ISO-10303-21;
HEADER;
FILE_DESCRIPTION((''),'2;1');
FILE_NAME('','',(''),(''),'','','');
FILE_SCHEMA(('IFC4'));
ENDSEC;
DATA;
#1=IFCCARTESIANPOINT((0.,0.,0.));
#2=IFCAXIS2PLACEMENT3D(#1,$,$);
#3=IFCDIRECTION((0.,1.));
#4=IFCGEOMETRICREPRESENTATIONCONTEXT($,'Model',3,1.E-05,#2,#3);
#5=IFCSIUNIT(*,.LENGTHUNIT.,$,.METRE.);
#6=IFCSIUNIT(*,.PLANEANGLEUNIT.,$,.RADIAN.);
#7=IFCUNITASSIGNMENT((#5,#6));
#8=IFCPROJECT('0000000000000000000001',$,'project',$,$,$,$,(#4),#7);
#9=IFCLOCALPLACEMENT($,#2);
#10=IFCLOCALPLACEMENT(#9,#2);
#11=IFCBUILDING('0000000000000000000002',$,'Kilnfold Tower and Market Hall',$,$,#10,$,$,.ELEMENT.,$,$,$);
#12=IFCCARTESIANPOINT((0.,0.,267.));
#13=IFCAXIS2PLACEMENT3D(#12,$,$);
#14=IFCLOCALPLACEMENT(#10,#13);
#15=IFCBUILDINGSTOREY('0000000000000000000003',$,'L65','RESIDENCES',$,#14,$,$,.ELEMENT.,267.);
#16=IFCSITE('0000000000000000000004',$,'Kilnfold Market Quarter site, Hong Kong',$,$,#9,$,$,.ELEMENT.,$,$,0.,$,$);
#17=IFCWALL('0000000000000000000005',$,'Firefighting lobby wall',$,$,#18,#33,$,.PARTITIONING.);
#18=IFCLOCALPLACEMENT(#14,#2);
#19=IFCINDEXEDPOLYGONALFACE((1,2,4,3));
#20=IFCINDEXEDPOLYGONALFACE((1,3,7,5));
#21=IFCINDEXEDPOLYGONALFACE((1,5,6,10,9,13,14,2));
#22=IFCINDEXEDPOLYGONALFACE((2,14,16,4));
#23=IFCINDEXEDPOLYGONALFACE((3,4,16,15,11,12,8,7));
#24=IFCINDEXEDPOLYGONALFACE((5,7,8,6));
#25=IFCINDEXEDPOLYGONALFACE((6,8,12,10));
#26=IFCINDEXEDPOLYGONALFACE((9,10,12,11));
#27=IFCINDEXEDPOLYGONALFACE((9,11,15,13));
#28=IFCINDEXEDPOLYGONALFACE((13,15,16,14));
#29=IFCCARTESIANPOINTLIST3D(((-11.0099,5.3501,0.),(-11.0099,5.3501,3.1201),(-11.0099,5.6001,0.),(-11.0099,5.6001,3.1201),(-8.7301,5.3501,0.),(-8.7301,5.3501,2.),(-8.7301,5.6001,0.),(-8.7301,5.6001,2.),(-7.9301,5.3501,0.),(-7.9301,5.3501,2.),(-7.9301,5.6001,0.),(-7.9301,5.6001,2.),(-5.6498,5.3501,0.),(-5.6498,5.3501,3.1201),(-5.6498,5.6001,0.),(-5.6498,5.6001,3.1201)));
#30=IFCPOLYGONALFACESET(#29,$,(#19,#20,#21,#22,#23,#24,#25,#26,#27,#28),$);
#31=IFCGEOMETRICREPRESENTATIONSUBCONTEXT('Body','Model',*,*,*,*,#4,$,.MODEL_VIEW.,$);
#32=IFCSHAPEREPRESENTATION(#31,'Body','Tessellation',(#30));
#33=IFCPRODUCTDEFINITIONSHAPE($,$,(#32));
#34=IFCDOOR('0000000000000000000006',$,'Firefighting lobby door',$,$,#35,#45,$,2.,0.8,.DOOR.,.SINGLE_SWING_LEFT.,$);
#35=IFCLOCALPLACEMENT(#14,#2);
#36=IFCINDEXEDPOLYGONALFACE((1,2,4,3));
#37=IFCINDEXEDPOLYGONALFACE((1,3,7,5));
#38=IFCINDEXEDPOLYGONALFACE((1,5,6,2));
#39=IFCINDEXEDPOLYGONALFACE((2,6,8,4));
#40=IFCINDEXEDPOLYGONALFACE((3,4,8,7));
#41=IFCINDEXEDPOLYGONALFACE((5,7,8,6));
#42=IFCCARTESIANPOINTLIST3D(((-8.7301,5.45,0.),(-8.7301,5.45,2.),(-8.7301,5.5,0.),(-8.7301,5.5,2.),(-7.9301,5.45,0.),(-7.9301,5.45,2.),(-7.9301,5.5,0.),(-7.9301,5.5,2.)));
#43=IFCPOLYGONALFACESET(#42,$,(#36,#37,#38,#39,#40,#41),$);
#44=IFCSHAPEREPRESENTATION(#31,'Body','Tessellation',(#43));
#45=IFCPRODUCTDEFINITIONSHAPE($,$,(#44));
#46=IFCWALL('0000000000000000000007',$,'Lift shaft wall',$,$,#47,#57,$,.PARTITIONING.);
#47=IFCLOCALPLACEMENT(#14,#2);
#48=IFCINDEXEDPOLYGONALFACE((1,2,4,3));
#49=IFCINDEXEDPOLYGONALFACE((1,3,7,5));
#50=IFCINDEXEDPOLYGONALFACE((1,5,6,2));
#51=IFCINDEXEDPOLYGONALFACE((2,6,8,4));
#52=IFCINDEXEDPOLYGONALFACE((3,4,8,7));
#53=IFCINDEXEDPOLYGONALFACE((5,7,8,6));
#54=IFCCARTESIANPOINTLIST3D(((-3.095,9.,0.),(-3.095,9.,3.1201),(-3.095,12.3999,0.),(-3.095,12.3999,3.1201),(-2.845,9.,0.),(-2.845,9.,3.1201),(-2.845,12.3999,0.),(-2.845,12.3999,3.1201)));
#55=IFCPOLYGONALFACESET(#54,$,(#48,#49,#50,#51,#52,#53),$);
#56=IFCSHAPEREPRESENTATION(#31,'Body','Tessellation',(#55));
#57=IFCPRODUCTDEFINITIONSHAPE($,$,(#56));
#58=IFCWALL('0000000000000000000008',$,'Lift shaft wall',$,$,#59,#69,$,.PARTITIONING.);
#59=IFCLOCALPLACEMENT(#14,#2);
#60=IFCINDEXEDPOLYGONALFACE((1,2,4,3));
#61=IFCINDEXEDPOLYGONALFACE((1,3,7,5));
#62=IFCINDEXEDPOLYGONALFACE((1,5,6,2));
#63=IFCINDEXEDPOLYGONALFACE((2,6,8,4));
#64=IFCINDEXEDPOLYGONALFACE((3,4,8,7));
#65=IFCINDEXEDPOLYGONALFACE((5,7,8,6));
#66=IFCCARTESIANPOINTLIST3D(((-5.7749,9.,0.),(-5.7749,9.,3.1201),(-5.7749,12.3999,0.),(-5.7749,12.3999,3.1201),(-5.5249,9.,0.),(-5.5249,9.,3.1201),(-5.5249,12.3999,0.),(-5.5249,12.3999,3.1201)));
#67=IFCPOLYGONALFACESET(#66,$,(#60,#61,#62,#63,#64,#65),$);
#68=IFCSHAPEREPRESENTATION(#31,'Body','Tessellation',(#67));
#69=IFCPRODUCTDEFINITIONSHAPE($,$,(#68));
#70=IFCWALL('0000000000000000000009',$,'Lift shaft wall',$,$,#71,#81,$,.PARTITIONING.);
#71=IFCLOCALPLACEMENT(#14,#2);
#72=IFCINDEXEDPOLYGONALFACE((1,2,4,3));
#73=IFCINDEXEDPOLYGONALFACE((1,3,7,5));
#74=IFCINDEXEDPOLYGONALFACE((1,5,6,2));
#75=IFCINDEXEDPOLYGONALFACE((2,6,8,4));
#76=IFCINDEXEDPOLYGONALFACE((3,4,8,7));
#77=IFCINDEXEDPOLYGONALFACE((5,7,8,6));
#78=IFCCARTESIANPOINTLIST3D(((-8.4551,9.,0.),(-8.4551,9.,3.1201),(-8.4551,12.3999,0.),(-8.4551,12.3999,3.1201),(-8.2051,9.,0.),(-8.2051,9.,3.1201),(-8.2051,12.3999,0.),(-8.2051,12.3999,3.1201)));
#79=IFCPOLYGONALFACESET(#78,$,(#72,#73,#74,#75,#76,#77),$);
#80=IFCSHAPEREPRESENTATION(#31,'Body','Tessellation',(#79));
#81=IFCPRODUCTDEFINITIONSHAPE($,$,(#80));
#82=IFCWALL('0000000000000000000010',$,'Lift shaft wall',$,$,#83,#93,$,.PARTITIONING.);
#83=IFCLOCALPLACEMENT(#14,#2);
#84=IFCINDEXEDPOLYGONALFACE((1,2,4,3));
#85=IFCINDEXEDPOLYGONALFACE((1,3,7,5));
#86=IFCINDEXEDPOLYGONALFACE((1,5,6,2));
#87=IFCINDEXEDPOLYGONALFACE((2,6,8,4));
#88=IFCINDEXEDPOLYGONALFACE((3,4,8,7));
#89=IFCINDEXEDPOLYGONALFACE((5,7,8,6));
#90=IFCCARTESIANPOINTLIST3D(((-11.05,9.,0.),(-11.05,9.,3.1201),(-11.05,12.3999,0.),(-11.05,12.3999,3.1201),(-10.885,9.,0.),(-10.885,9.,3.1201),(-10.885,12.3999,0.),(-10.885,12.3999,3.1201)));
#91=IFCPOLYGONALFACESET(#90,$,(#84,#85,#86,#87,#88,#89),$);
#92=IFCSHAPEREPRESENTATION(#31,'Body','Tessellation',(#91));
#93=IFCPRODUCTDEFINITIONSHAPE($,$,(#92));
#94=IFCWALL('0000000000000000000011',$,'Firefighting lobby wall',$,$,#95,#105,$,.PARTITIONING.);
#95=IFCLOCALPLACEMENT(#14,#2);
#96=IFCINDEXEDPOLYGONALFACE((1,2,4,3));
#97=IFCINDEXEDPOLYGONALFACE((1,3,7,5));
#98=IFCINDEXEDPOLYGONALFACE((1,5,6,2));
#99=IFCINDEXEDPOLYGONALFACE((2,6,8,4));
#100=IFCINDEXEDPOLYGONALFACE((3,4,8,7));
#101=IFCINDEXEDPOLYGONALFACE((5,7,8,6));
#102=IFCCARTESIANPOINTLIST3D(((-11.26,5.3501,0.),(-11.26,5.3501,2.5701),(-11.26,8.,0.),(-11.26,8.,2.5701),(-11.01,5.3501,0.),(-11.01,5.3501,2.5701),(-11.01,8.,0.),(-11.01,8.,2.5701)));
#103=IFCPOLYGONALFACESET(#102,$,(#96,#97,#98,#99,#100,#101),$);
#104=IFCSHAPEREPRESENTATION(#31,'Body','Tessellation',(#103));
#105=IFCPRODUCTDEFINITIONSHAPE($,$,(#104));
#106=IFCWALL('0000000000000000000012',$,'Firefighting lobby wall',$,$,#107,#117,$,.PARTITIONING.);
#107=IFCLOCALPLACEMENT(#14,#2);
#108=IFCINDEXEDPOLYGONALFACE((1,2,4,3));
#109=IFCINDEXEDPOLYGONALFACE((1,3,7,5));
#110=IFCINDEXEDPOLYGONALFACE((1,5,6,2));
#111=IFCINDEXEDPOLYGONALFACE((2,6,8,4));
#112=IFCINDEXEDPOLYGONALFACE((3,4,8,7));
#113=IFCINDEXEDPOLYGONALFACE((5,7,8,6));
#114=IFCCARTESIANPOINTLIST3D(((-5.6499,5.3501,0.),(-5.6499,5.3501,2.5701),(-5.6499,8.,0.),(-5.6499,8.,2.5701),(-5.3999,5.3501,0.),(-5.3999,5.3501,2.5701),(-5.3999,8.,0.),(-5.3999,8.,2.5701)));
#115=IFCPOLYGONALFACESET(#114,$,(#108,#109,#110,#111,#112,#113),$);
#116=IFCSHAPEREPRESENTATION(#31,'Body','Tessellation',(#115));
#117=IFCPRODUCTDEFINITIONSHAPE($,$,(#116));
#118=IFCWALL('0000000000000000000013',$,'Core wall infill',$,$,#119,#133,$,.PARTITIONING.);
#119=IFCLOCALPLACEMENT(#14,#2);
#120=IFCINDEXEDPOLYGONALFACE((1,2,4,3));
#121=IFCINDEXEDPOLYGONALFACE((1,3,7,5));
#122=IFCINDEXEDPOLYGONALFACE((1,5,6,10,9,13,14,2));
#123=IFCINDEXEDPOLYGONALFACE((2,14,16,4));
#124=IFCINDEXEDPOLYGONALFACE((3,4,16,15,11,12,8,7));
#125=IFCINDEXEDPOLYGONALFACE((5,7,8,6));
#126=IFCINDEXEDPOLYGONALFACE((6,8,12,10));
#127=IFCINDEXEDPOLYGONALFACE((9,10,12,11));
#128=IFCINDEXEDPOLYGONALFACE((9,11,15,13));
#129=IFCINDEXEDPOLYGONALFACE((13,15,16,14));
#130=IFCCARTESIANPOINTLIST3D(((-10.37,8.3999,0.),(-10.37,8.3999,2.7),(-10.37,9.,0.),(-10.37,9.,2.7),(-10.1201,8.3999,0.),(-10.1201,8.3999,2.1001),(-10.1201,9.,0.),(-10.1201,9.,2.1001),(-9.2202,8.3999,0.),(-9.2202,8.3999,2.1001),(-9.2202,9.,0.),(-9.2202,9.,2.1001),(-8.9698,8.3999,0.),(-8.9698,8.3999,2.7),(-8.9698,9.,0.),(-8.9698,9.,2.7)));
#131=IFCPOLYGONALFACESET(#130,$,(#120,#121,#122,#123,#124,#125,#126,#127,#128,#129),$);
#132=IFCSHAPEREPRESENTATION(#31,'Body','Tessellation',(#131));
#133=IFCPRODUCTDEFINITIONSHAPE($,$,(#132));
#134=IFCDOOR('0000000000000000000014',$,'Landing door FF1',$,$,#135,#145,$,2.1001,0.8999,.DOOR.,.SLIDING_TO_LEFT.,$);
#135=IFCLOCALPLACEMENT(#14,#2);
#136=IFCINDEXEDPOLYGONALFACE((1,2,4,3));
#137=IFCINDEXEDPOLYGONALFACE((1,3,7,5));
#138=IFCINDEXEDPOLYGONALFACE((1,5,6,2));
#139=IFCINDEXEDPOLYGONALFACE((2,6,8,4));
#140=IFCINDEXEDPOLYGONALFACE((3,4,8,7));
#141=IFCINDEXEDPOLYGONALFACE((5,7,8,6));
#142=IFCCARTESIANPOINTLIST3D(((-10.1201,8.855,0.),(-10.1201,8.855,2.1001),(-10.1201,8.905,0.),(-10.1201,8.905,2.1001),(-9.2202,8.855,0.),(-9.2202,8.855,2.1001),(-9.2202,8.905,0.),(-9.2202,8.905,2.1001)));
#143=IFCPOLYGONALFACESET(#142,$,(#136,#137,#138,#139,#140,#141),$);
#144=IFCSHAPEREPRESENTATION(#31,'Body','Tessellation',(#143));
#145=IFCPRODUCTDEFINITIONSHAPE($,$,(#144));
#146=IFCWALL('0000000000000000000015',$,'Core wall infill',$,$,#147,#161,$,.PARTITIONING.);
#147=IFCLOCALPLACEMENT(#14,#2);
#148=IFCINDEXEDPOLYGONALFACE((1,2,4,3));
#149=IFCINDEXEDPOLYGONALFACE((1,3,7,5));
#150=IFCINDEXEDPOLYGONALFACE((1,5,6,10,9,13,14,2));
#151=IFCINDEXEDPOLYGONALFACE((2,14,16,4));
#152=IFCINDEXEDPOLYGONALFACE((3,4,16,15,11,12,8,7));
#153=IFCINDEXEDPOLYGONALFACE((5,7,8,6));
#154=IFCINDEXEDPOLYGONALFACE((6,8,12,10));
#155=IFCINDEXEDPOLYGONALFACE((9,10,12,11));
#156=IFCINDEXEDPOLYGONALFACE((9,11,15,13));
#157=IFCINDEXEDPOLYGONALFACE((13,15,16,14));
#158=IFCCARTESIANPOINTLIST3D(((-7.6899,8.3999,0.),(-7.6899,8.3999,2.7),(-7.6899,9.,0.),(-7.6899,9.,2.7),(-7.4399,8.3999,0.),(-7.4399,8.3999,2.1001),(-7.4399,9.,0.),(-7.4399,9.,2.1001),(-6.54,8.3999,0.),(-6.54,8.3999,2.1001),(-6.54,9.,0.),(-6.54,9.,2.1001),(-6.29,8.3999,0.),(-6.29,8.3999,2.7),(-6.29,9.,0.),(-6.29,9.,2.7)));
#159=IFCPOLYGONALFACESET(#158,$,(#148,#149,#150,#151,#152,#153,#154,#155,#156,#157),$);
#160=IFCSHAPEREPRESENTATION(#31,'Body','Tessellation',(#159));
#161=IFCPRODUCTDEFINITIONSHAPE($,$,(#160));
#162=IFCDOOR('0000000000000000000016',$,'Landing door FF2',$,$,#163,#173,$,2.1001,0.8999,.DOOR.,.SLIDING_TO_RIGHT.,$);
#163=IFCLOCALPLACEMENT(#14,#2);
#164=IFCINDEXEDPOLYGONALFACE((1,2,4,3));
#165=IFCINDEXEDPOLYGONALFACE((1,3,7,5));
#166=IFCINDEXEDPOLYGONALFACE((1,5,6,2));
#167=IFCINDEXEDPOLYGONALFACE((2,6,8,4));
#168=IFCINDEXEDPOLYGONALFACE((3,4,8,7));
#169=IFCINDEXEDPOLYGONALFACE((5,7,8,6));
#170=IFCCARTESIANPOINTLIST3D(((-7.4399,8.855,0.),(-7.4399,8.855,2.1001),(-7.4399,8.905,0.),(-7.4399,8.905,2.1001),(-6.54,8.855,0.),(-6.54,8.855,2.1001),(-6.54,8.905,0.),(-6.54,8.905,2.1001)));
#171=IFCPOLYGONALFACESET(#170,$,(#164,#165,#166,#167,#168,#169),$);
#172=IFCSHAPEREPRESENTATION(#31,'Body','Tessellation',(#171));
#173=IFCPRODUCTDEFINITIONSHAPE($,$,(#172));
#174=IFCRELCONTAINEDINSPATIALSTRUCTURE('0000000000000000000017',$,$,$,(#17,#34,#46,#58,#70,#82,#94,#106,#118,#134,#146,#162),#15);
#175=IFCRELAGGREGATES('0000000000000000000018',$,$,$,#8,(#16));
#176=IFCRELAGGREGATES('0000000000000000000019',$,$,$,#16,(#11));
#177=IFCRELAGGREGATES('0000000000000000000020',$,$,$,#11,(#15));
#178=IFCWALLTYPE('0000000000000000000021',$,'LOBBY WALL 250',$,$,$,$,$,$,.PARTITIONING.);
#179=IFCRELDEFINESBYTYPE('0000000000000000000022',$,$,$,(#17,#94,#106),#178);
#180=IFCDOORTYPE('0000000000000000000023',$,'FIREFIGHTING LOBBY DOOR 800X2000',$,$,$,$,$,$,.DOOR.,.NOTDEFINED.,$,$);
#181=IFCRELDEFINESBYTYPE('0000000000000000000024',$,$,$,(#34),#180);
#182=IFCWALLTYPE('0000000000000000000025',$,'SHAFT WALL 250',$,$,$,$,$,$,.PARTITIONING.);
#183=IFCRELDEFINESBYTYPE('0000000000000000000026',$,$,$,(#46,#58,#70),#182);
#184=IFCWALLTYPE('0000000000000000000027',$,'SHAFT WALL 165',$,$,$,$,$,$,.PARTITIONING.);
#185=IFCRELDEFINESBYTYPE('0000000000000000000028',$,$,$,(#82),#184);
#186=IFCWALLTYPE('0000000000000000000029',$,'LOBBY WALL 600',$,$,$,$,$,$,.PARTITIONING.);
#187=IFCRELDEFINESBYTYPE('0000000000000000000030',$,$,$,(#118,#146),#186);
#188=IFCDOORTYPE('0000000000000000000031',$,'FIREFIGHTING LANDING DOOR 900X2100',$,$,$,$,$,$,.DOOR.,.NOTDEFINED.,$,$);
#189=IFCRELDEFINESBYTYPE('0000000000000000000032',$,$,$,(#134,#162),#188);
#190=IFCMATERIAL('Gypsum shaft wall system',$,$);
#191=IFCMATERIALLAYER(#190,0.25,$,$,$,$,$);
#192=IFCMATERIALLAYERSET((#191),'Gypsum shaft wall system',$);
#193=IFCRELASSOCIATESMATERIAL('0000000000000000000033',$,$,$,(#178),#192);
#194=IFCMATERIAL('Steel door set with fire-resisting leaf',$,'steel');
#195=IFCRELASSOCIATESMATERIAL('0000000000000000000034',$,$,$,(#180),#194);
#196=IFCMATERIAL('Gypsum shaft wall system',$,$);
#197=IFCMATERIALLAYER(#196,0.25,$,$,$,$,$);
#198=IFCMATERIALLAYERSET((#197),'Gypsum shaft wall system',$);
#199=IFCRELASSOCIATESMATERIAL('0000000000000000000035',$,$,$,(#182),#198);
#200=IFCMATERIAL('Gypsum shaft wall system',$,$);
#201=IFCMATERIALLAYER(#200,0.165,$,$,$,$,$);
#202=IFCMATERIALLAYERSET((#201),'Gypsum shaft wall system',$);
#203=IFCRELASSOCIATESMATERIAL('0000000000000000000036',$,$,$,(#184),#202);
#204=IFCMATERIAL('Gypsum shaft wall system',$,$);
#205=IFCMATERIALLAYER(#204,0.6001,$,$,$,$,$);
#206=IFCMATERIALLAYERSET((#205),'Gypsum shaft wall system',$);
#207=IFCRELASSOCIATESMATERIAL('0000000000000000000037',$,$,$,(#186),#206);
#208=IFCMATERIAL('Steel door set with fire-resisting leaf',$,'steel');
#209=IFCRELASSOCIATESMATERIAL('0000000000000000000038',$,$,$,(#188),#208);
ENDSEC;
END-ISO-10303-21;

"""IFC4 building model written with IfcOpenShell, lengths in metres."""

from ifc_helpers import new_model, si_unit, direction, frame, frame_2d, origin, place, context, subcontext, project, spatial, rectangle, extrude, source, transform, mapped, material, layer, layer_set, type_object, element, fill, save


model = new_model("IFC4")

# Units and contexts
model_context = context("Model", 3, precision=1e-05, world=origin(), true_north=direction((0.0, 1.0)))
body_context = subcontext(model_context, "Body", "Model", "MODEL_VIEW")
ifc_project = project(units=[si_unit("LENGTHUNIT", "METRE"), si_unit("PLANEANGLEUNIT", "RADIAN")], contexts=[model_context])

# Site, building, storey
site_placement = place(None, origin())
site = spatial("IfcSite", under=ifc_project, at=site_placement, Name="Kilnfold Market Quarter site, Hong Kong", CompositionType="ELEMENT", RefElevation=0.0)
building_placement = place(site_placement, origin())
building = spatial("IfcBuilding", under=site, at=building_placement, Name="Kilnfold Tower and Market Hall", CompositionType="ELEMENT")
storey_placement = place(building_placement, frame((0.0, 0.0, 267.0)))
storey = spatial("IfcBuildingStorey", under=building, at=storey_placement, Name="L65", Description="RESIDENCES", CompositionType="ELEMENT", Elevation=267.0)

# Wall, opening, door
ifc_material_1 = material(Name="Gypsum shaft wall system")
ifc_layer_1 = layer(ifc_material_1, 0.25)
ifc_layer_set_1 = layer_set([ifc_layer_1], Name="Gypsum shaft wall system")
wall_type_1 = type_object("IfcWallType", Name="LOBBY WALL 250", PredefinedType="PARTITIONING", material=ifc_layer_set_1)
shared_shape_1 = source(origin(), body_context, "Body", "SweptSolid", [
    extrude(rectangle(XDim=5.3601, YDim=0.25, at=frame_2d((2.6802, 0.0))), origin(), (0.0, 0.0, 1.0), 3.1201),
])
wall_1_placement = place(storey_placement, frame((-11.01, 5.4751, 0.0), z_axis=(0.0, 0.0, 1.0), x_axis=(1.0, 0.0, 0.0)))
wall_1 = element("IfcWall", 1, at=wall_1_placement, inside=storey, type_object=wall_type_1, Name="Firefighting lobby wall", PredefinedType="PARTITIONING", context=body_context, shape_type="MappedRepresentation", body=[
    mapped(shared_shape_1, transform((0.0, 0.0, 0.0))),
])
opening_1_placement = place(wall_1_placement, frame((2.28, 0.0, 0.0)))
opening_1 = element("IfcOpeningElement", 2, at=opening_1_placement, cuts=wall_1, PredefinedType="OPENING", context=body_context, shape_type="SweptSolid", body=[
    extrude(rectangle(XDim=0.8, YDim=2.0, at=frame_2d((0.3999, 1.0))), frame((0.0, 0.135, 0.0), z_axis=(0.0, -1.0, 0.0), x_axis=(1.0, 0.0, 0.0)), (0.0, 0.0, 1.0), 0.27),
])
ifc_material_2 = material(Name="Steel door set with fire-resisting leaf", Category="steel")
door_type_1 = type_object("IfcDoorType", Name="FIREFIGHTING LOBBY DOOR 800X2000", OperationType="NOTDEFINED", PredefinedType="DOOR", material=ifc_material_2)
door_1_placement = place(opening_1_placement, origin())
door_1 = element("IfcDoor", 3, at=door_1_placement, inside=storey, type_object=door_type_1, Name="Firefighting lobby door", OperationType="SINGLE_SWING_LEFT", OverallHeight=2.0, OverallWidth=0.8, PredefinedType="DOOR", context=body_context, shape_type="SweptSolid", body=[
    extrude(rectangle(XDim=0.8, YDim=2.0, at=frame_2d((0.3999, 1.0))), frame((0.0, 0.0249, 0.0), z_axis=(0.0, -1.0, 0.0), x_axis=(1.0, 0.0, 0.0)), (0.0, 0.0, 1.0), 0.05),
])
fill(opening_1, door_1)

# Walls
ifc_material_3 = material(Name="Gypsum shaft wall system")
ifc_layer_2 = layer(ifc_material_3, 0.25)
ifc_layer_set_2 = layer_set([ifc_layer_2], Name="Gypsum shaft wall system")
wall_type_2 = type_object("IfcWallType", Name="SHAFT WALL 250", PredefinedType="PARTITIONING", material=ifc_layer_set_2)
shared_shape_2 = source(origin(), body_context, "Body", "SweptSolid", [
    extrude(rectangle(XDim=3.3999, YDim=0.25, at=frame_2d((1.7, 0.0))), origin(), (0.0, 0.0, 1.0), 3.1201),
])
for number, where, z_axis, x_axis, name in (
    (4, (-2.97, 9.0, 0.0), (0.0, 0.0, 1.0), (0.0, 1.0, 0.0), "Lift shaft wall"),
    (5, (-5.6499, 9.0, 0.0), (0.0, 0.0, 1.0), (0.0, 1.0, 0.0), "Lift shaft wall"),
    (6, (-8.3301, 9.0, 0.0), (0.0, 0.0, 1.0), (0.0, 1.0, 0.0), "Lift shaft wall"),
):
    element("IfcWall", number, at=place(storey_placement, frame(where, z_axis=z_axis, x_axis=x_axis)), inside=storey, type_object=wall_type_2, Name=name, PredefinedType="PARTITIONING", context=body_context, shape_type="MappedRepresentation", body=[
        mapped(shared_shape_2, transform((0.0, 0.0, 0.0))),
    ])
ifc_material_4 = material(Name="Gypsum shaft wall system")
ifc_layer_3 = layer(ifc_material_4, 0.165)
ifc_layer_set_3 = layer_set([ifc_layer_3], Name="Gypsum shaft wall system")
wall_type_3 = type_object("IfcWallType", Name="SHAFT WALL 165", PredefinedType="PARTITIONING", material=ifc_layer_set_3)
shared_shape_3 = source(origin(), body_context, "Body", "SweptSolid", [
    extrude(rectangle(XDim=3.3999, YDim=0.165, at=frame_2d((1.7, 0.0))), origin(), (0.0, 0.0, 1.0), 3.1201),
])
wall_2_placement = place(storey_placement, frame((-10.9675, 9.0, 0.0), z_axis=(0.0, 0.0, 1.0), x_axis=(0.0, 1.0, 0.0)))
element("IfcWall", 7, at=wall_2_placement, inside=storey, type_object=wall_type_3, Name="Lift shaft wall", PredefinedType="PARTITIONING", context=body_context, shape_type="MappedRepresentation", body=[
    mapped(shared_shape_3, transform((0.0, 0.0, 0.0))),
])
shared_shape_4 = source(origin(), body_context, "Body", "SweptSolid", [
    extrude(rectangle(XDim=2.6499, YDim=0.25, at=frame_2d((1.325, 0.0))), origin(), (0.0, 0.0, 1.0), 2.5701),
])
for number, where, z_axis, x_axis, name in (
    (8, (-11.135, 5.3501, 0.0), (0.0, 0.0, 1.0), (0.0, 1.0, 0.0), "Firefighting lobby wall"),
    (9, (-5.5249, 5.3501, 0.0), (0.0, 0.0, 1.0), (0.0, 1.0, 0.0), "Firefighting lobby wall"),
):
    element("IfcWall", number, at=place(storey_placement, frame(where, z_axis=z_axis, x_axis=x_axis)), inside=storey, type_object=wall_type_1, Name=name, PredefinedType="PARTITIONING", context=body_context, shape_type="MappedRepresentation", body=[
        mapped(shared_shape_4, transform((0.0, 0.0, 0.0))),
    ])

# Walls, openings, doors
ifc_material_5 = material(Name="Gypsum shaft wall system")
ifc_layer_4 = layer(ifc_material_5, 0.6001)
ifc_layer_set_4 = layer_set([ifc_layer_4], Name="Gypsum shaft wall system")
wall_type_4 = type_object("IfcWallType", Name="LOBBY WALL 600", PredefinedType="PARTITIONING", material=ifc_layer_set_4)
shared_shape_5 = source(origin(), body_context, "Body", "SweptSolid", [
    extrude(rectangle(XDim=1.4001, YDim=0.6001, at=frame_2d((0.7002, 0.0))), origin(), (0.0, 0.0, 1.0), 2.7),
])
wall_3_placement = place(storey_placement, frame((-10.3701, 8.7, 0.0), z_axis=(0.0, 0.0, 1.0), x_axis=(1.0, 0.0, 0.0)))
wall_3 = element("IfcWall", 10, at=wall_3_placement, inside=storey, type_object=wall_type_4, Name="Core wall infill", PredefinedType="PARTITIONING", context=body_context, shape_type="MappedRepresentation", body=[
    mapped(shared_shape_5, transform((0.0, 0.0, 0.0))),
])
opening_2_placement = place(wall_3_placement, frame((0.25, 0.0, 0.0)))
opening_2 = element("IfcOpeningElement", 11, at=opening_2_placement, cuts=wall_3, PredefinedType="OPENING", context=body_context, shape_type="SweptSolid", body=[
    extrude(rectangle(XDim=0.8999, YDim=2.1001, at=frame_2d((0.45, 1.05))), frame((0.0, 0.3101, 0.0), z_axis=(0.0, -1.0, 0.0), x_axis=(1.0, 0.0, 0.0)), (0.0, 0.0, 1.0), 0.6201),
])
ifc_material_6 = material(Name="Steel door set with fire-resisting leaf", Category="steel")
door_type_2 = type_object("IfcDoorType", Name="FIREFIGHTING LANDING DOOR 900X2100", OperationType="NOTDEFINED", PredefinedType="DOOR", material=ifc_material_6)
door_2_placement = place(opening_2_placement, origin())
door_2 = element("IfcDoor", 12, at=door_2_placement, inside=storey, type_object=door_type_2, Name="Landing door FF1", OperationType="SLIDING_TO_LEFT", OverallHeight=2.1001, OverallWidth=0.8999, PredefinedType="DOOR", context=body_context, shape_type="SweptSolid", body=[
    extrude(rectangle(XDim=0.8999, YDim=2.1001, at=frame_2d((0.45, 1.05))), frame((0.0, 0.2051, 0.0), z_axis=(0.0, -1.0, 0.0), x_axis=(1.0, 0.0, 0.0)), (0.0, 0.0, 1.0), 0.05),
])
fill(opening_2, door_2)
shared_shape_6 = source(origin(), body_context, "Body", "SweptSolid", [
    extrude(rectangle(XDim=1.3999, YDim=0.6001, at=frame_2d((0.7, 0.0))), origin(), (0.0, 0.0, 1.0), 2.7),
])
wall_4_placement = place(storey_placement, frame((-7.6899, 8.7, 0.0), z_axis=(0.0, 0.0, 1.0), x_axis=(1.0, 0.0, 0.0)))
wall_4 = element("IfcWall", 13, at=wall_4_placement, inside=storey, type_object=wall_type_4, Name="Core wall infill", PredefinedType="PARTITIONING", context=body_context, shape_type="MappedRepresentation", body=[
    mapped(shared_shape_6, transform((0.0, 0.0, 0.0))),
])
opening_3_placement = place(wall_4_placement, frame((0.25, 0.0, 0.0)))
opening_3 = element("IfcOpeningElement", 14, at=opening_3_placement, cuts=wall_4, PredefinedType="OPENING", context=body_context, shape_type="SweptSolid", body=[
    extrude(rectangle(XDim=0.8999, YDim=2.1001, at=frame_2d((0.45, 1.05))), frame((0.0, 0.3101, 0.0), z_axis=(0.0, -1.0, 0.0), x_axis=(1.0, 0.0, 0.0)), (0.0, 0.0, 1.0), 0.6201),
])
door_3_placement = place(opening_3_placement, origin())
door_3 = element("IfcDoor", 15, at=door_3_placement, inside=storey, type_object=door_type_2, Name="Landing door FF2", OperationType="SLIDING_TO_RIGHT", OverallHeight=2.1001, OverallWidth=0.8999, PredefinedType="DOOR", context=body_context, shape_type="SweptSolid", body=[
    extrude(rectangle(XDim=0.8999, YDim=2.1001, at=frame_2d((0.45, 1.05))), frame((0.0, 0.2051, 0.0), z_axis=(0.0, -1.0, 0.0), x_axis=(1.0, 0.0, 0.0)), (0.0, 0.0, 1.0), 0.05),
])
fill(opening_3, door_3)

save(model, "model.ifc")
